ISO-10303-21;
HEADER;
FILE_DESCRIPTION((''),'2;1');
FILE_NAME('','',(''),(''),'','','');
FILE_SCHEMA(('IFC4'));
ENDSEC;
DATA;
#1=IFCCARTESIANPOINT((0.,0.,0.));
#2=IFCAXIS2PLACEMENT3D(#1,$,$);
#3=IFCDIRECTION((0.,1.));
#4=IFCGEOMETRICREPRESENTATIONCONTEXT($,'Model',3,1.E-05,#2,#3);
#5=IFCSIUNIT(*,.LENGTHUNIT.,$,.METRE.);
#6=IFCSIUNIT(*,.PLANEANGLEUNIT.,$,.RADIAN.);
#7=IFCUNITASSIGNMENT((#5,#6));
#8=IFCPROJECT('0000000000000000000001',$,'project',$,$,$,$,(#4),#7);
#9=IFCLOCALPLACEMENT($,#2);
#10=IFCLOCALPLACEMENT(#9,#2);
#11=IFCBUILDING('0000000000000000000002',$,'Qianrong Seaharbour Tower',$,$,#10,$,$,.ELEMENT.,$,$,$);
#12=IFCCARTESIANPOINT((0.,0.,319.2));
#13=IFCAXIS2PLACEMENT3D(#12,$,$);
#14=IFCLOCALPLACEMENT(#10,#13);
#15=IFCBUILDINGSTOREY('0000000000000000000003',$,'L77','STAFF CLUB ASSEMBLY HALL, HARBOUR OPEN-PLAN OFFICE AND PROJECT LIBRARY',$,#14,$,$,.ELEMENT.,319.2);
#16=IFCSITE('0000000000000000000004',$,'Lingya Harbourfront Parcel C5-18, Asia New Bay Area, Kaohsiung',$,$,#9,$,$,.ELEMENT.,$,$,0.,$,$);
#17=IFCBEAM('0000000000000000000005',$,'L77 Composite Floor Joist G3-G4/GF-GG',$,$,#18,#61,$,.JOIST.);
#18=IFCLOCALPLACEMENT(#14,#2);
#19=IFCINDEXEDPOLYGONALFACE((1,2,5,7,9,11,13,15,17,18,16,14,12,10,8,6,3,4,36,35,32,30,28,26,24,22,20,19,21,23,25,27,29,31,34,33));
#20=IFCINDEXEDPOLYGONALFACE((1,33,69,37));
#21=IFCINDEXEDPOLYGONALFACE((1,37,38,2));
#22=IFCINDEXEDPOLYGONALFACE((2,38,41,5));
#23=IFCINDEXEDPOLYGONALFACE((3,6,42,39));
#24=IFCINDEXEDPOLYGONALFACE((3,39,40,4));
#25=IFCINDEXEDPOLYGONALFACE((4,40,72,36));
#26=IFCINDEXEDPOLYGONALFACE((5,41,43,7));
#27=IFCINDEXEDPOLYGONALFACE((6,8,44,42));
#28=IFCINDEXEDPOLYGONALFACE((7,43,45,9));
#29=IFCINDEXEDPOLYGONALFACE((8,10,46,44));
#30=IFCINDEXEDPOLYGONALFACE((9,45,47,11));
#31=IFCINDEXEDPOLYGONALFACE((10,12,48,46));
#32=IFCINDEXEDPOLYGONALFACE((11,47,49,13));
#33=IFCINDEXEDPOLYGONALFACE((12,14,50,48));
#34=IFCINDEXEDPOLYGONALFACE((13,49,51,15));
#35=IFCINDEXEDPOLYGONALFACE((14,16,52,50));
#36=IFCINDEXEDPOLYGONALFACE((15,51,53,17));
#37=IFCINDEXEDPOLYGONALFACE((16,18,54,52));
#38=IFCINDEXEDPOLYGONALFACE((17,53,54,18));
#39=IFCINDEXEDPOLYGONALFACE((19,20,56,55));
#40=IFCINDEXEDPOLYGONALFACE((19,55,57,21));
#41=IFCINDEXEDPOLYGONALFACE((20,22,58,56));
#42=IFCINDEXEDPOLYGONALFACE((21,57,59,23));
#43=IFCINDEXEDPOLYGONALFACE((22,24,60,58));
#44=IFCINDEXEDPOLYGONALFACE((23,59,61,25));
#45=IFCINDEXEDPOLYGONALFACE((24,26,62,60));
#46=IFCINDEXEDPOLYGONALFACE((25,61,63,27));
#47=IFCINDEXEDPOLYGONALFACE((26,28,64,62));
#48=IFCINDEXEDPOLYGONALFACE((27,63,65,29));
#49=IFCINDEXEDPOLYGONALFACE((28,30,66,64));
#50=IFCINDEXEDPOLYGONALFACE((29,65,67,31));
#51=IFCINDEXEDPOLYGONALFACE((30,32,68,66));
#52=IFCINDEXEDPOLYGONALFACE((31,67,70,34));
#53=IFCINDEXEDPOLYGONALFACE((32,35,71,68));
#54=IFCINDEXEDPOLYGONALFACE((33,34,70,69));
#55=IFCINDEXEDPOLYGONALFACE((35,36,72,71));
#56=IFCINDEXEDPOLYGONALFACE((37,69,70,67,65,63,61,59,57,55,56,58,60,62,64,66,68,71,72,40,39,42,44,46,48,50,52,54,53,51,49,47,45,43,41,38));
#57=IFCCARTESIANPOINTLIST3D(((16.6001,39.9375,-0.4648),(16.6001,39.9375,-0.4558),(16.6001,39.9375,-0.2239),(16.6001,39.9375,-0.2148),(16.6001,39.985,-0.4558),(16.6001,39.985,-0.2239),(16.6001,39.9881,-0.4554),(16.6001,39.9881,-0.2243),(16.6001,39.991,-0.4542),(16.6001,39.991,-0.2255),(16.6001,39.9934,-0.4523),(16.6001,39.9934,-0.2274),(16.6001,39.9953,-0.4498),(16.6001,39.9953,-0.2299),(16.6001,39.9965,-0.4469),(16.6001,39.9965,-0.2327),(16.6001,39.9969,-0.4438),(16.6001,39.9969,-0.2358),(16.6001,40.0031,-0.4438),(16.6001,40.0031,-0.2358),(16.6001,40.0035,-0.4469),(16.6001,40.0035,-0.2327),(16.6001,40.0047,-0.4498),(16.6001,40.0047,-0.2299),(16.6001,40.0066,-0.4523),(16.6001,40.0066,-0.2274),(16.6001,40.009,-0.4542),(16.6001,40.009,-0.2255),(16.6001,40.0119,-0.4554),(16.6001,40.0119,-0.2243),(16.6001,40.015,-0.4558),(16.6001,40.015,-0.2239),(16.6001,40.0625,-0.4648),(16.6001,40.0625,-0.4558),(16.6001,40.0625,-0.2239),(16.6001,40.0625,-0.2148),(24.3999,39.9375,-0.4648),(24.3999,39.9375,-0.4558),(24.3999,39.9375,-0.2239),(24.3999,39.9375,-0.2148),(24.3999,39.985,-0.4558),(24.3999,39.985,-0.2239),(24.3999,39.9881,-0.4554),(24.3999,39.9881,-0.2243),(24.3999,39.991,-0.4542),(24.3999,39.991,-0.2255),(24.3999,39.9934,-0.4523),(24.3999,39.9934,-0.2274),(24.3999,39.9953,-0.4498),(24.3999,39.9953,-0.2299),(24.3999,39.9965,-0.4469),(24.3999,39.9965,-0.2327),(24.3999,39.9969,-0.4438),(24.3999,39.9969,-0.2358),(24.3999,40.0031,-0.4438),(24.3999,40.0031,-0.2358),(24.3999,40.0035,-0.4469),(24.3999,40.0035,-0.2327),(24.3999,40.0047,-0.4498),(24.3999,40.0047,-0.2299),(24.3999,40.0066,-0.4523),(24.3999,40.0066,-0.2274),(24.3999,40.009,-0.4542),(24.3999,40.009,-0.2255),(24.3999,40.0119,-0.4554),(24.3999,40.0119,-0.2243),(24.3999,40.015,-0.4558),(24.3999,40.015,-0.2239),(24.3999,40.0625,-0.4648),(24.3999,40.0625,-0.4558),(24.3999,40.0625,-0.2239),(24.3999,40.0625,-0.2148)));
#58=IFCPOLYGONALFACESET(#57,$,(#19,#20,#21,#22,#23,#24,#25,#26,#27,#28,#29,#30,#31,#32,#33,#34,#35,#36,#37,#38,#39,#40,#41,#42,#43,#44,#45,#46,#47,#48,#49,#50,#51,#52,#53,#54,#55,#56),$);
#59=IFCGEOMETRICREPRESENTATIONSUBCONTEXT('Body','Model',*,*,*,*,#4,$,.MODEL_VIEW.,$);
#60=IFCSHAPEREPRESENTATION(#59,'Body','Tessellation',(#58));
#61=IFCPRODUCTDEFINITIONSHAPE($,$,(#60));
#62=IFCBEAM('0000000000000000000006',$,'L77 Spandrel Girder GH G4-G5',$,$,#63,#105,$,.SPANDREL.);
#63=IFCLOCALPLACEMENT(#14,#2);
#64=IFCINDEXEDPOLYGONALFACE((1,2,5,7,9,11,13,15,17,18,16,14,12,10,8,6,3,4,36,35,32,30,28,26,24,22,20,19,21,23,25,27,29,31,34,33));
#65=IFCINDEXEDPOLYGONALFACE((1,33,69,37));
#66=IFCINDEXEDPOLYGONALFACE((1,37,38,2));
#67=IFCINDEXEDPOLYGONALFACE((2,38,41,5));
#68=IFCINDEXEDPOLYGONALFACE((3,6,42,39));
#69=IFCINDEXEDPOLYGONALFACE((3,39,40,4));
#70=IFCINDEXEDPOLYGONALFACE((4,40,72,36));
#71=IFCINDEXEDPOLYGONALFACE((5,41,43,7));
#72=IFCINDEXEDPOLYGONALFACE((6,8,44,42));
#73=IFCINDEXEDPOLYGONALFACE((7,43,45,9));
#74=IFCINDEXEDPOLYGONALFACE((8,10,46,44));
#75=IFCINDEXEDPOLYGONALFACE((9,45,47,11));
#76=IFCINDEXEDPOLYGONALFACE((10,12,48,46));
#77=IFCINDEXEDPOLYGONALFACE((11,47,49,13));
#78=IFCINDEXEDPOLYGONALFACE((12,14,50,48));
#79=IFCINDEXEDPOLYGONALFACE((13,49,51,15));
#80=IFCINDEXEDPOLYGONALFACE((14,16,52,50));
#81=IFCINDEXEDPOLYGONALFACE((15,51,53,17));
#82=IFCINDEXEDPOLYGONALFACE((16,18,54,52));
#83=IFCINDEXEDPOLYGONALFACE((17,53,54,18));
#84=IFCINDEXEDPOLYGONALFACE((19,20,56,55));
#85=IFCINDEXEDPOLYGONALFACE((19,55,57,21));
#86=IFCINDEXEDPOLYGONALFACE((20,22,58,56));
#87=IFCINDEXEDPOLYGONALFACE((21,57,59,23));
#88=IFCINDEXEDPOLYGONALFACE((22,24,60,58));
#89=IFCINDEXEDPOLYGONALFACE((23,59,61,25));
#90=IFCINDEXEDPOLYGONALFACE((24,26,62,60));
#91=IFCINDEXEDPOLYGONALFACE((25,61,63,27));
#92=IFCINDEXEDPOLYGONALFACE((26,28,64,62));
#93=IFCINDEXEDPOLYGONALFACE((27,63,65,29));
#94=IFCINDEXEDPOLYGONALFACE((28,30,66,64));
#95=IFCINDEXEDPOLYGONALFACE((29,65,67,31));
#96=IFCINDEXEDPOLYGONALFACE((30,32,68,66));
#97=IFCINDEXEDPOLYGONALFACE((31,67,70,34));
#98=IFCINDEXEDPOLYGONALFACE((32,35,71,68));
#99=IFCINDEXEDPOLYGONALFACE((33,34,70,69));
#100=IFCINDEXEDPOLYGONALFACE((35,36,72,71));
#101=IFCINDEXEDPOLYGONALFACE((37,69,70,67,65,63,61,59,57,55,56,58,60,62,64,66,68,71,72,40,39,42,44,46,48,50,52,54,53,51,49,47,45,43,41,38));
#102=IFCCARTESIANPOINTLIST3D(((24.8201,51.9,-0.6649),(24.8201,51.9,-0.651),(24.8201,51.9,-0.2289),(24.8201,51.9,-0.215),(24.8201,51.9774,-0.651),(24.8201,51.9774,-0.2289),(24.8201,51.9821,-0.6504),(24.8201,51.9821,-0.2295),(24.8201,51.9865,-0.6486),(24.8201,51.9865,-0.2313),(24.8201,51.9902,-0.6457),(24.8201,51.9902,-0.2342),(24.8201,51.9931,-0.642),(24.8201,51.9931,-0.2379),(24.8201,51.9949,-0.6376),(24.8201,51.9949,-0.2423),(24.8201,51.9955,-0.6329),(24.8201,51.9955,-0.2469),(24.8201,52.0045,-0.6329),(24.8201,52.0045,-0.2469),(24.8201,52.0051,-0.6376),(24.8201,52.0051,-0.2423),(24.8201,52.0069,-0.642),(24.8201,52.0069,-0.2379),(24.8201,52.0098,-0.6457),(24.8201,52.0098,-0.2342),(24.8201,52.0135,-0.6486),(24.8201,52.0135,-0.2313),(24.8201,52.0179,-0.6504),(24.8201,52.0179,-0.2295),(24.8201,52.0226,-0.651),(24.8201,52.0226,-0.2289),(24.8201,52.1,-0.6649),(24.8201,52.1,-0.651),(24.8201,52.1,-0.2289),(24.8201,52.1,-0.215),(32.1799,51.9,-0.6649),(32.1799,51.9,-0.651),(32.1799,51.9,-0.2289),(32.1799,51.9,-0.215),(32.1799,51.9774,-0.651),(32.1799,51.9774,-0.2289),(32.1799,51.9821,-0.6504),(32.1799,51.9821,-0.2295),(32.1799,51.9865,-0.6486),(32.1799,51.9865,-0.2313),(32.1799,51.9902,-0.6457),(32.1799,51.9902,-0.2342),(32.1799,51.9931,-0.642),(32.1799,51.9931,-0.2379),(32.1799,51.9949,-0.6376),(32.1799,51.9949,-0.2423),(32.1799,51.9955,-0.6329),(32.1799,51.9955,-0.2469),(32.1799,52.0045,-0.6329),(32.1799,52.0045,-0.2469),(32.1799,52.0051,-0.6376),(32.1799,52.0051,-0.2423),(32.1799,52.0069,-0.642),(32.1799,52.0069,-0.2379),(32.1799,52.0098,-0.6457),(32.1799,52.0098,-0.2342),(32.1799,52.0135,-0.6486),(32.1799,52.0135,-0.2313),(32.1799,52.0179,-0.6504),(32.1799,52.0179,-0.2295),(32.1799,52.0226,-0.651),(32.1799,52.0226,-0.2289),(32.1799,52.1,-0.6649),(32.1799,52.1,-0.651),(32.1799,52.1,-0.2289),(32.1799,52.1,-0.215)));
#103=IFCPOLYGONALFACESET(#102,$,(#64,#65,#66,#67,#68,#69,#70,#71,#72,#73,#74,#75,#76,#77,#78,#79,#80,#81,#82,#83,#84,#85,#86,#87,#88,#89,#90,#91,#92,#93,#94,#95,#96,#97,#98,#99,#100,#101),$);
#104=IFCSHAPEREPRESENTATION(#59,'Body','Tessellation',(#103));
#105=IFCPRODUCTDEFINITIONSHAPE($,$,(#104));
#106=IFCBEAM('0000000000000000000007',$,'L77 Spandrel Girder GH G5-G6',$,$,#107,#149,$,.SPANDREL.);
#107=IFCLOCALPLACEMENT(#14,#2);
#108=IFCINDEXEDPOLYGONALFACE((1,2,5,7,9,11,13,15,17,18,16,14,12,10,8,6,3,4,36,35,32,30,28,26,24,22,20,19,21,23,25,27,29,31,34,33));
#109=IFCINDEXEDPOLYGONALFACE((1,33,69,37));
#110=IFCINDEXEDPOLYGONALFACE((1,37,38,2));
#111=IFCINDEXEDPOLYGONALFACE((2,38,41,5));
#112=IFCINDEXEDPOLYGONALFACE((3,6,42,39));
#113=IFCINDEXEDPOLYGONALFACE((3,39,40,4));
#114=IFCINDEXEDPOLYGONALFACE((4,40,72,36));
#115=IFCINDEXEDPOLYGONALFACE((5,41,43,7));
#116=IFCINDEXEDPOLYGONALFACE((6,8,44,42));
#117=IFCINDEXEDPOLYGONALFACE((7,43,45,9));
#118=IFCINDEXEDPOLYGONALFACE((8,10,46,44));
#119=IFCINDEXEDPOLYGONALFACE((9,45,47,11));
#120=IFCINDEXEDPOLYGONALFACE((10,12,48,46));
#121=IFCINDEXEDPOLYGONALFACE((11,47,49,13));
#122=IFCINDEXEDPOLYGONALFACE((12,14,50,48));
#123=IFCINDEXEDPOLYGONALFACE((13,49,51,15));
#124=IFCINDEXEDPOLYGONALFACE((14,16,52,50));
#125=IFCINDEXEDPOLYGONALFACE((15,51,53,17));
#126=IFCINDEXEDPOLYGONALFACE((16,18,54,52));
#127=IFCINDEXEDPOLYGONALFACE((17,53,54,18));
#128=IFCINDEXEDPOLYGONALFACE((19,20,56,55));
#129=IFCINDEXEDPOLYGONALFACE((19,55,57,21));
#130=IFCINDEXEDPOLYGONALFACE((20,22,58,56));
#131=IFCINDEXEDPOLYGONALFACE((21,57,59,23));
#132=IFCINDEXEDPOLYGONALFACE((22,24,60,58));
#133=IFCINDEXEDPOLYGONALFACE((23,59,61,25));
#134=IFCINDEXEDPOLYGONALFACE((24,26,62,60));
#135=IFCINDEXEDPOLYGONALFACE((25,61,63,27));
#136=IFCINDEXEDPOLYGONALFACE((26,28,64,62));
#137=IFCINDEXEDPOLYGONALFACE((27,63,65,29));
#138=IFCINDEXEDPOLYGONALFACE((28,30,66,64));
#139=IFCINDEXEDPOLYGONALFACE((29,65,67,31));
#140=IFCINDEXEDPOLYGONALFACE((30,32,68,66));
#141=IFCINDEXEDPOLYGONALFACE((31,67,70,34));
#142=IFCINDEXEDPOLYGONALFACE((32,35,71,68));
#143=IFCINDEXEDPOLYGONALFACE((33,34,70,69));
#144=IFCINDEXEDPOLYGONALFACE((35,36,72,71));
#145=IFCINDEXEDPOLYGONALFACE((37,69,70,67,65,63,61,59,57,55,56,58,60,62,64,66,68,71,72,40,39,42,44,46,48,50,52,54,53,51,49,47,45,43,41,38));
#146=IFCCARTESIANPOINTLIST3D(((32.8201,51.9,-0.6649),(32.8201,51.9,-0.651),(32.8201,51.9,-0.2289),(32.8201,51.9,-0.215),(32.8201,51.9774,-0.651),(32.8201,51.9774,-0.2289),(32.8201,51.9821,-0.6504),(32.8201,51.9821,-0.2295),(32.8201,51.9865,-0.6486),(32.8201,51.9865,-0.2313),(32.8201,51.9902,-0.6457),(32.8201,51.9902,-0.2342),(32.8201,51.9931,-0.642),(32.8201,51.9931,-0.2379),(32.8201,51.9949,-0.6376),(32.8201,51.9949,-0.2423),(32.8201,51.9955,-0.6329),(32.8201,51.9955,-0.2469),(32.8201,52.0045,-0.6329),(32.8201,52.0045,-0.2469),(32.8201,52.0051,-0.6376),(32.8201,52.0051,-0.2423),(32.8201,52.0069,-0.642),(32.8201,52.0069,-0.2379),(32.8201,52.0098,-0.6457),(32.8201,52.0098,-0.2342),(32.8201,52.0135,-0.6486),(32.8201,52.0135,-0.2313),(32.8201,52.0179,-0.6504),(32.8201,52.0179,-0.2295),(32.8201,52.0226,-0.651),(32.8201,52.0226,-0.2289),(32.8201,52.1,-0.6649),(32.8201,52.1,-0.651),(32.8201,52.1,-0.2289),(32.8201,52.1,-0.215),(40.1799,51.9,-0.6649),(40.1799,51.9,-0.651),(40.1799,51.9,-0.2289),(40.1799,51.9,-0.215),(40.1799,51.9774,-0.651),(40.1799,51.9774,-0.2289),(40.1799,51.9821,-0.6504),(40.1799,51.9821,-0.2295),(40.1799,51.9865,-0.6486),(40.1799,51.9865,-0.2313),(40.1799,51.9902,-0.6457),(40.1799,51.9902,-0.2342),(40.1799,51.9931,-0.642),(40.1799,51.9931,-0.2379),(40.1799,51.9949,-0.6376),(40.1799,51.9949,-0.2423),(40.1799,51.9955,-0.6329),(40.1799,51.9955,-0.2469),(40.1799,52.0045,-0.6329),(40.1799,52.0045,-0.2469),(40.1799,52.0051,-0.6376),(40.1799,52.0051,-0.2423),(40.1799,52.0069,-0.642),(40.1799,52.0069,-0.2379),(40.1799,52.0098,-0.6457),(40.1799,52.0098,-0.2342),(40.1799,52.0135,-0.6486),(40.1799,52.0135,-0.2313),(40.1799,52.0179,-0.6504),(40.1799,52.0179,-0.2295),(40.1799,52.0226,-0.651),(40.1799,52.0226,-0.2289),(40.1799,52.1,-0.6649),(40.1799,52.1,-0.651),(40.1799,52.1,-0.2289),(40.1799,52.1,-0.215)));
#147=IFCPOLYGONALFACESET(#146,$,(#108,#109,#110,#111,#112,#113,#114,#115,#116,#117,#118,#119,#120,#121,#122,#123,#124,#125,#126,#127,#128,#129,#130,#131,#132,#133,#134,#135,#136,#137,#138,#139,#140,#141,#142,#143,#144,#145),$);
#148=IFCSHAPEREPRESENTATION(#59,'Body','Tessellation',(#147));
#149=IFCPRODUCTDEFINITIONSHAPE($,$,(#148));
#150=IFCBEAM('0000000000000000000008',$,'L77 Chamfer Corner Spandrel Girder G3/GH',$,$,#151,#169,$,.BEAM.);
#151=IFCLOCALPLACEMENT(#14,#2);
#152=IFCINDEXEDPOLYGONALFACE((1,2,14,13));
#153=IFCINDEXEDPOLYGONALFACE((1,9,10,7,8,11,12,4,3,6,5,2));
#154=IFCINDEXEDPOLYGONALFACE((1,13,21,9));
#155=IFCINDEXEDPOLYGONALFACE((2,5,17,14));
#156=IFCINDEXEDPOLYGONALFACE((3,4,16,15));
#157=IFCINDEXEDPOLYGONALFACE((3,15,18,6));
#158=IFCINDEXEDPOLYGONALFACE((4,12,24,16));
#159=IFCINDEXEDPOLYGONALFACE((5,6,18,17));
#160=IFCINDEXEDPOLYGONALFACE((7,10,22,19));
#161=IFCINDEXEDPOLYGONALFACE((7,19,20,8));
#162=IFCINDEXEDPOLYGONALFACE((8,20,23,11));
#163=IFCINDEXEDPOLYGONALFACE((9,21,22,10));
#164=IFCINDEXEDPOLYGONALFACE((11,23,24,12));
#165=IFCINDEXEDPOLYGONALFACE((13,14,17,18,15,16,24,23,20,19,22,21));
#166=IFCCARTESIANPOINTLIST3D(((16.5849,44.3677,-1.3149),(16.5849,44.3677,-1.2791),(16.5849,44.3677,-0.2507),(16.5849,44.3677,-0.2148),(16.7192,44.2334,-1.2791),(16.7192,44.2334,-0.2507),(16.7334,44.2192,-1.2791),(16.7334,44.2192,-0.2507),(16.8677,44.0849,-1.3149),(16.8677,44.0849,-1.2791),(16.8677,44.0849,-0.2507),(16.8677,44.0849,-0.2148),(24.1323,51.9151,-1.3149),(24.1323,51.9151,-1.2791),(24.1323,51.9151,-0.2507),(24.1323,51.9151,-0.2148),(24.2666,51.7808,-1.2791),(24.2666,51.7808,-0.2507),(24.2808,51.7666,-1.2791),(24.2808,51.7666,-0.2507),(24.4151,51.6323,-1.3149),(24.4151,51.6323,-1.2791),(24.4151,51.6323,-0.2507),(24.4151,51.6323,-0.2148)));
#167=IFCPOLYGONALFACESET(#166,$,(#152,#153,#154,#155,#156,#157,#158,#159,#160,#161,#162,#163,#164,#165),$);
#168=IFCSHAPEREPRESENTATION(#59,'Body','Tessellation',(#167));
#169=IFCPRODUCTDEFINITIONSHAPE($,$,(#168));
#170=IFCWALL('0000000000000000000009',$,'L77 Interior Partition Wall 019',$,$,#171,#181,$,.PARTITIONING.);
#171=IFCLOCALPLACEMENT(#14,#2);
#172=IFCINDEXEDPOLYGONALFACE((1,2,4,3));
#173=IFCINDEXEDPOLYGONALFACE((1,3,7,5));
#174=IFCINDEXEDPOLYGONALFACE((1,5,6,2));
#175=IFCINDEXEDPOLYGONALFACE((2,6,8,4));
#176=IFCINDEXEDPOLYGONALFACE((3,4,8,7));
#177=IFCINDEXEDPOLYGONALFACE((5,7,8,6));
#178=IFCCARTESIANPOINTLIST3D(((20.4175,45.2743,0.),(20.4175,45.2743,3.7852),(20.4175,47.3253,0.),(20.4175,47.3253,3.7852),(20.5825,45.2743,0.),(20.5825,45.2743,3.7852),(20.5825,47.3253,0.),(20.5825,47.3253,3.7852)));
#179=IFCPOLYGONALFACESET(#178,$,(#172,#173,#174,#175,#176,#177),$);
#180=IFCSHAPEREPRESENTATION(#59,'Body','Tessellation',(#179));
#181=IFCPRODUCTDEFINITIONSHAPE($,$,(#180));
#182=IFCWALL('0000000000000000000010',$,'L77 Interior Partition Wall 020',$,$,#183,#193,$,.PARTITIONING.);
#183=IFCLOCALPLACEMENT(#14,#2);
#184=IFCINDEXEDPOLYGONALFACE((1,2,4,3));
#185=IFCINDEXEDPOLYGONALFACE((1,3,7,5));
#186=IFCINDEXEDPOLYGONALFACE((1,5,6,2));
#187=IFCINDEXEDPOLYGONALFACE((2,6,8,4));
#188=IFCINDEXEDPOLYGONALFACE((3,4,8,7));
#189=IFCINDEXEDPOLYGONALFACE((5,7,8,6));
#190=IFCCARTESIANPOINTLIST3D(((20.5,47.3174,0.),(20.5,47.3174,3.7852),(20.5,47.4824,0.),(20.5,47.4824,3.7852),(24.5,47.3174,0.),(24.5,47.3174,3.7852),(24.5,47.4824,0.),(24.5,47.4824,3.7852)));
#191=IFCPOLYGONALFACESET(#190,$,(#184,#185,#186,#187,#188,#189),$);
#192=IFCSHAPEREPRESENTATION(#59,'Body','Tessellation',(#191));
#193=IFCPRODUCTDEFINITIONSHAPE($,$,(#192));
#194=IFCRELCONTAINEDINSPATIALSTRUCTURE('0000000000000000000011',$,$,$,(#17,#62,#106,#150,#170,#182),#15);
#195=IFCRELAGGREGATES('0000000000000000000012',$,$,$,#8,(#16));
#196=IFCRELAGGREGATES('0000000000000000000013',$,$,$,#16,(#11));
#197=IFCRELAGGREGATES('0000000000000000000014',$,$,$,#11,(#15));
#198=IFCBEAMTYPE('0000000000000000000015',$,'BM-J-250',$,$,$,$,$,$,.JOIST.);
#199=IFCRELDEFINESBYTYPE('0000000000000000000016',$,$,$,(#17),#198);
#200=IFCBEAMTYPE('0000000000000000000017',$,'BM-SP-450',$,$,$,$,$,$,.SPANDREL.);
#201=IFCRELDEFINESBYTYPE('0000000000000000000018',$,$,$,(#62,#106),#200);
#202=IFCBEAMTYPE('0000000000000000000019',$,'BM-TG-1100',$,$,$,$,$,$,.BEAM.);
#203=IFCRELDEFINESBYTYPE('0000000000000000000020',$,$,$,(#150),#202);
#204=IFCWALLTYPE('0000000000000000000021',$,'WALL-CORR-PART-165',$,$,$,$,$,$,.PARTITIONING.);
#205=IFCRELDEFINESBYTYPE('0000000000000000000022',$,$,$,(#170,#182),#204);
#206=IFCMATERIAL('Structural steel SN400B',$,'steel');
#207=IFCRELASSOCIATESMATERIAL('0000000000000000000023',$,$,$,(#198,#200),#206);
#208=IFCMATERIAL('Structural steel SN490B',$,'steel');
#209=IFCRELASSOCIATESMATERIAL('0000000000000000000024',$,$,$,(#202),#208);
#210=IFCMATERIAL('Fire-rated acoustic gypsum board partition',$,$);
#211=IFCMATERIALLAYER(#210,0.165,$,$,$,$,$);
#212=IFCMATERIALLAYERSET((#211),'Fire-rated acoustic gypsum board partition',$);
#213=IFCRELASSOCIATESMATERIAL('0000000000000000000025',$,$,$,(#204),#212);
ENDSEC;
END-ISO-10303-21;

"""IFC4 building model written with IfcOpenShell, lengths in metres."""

from ifc_helpers import new_model, si_unit, direction, frame, frame_2d, origin, origin_2d, place, context, subcontext, project, spatial, rectangle, i_section, extrude, material, layer, layer_set, material_profile, profile_set, type_object, element, save


model = new_model("IFC4")

# Units and contexts
model_context = context("Model", 3, precision=1e-05, world=origin(), true_north=direction((0.0, 1.0)))
body_context = subcontext(model_context, "Body", "Model", "MODEL_VIEW")
ifc_project = project(units=[si_unit("LENGTHUNIT", "METRE"), si_unit("PLANEANGLEUNIT", "RADIAN")], contexts=[model_context])

# Site, building, storey
site_placement = place(None, origin())
site = spatial("IfcSite", under=ifc_project, at=site_placement, Name="Lingya Harbourfront Parcel C5-18, Asia New Bay Area, Kaohsiung", CompositionType="ELEMENT", RefElevation=0.0)
building_placement = place(site_placement, origin())
building = spatial("IfcBuilding", under=site, at=building_placement, Name="Qianrong Seaharbour Tower", CompositionType="ELEMENT")
storey_placement = place(building_placement, frame((0.0, 0.0, 319.2)))
storey = spatial("IfcBuildingStorey", under=building, at=storey_placement, Name="L77", Description="STAFF CLUB ASSEMBLY HALL, HARBOUR OPEN-PLAN OFFICE AND PROJECT LIBRARY", CompositionType="ELEMENT", Elevation=319.2)

# Shared definitions
ifc_material_1 = material(Name="Structural steel SN490B", Category="steel")
ifc_material_2 = material(Name="Structural steel SN400B", Category="steel")

# Beams
ifc_material_profile_1 = material_profile(ifc_material_2, i_section(OverallWidth=0.125, OverallDepth=0.25, WebThickness=0.0061, FlangeThickness=0.009, FilletRadius=0.012, at=origin_2d()), Name="H250x125x6x9")
ifc_profile_set_1 = profile_set([ifc_material_profile_1], Name="Structural steel SN400B")
beam_type_1 = type_object("IfcBeamType", Name="BM-J-250", PredefinedType="JOIST", material=ifc_profile_set_1)
beam_1_placement = place(storey_placement, frame((16.6001, 40.0, -0.3398), z_axis=(1.0, 0.0, 0.0), x_axis=(0.0, 1.0, 0.0)))
element("IfcBeam", 1, at=beam_1_placement, inside=storey, type_object=beam_type_1, Name="L77 Composite Floor Joist G3-G4/GF-GG", PredefinedType="JOIST", context=body_context, shape_type="SweptSolid", body=[
    extrude(i_section(OverallWidth=0.125, OverallDepth=0.25, WebThickness=0.0061, FlangeThickness=0.009, FilletRadius=0.012, at=origin_2d()), origin(), (0.0, 0.0, 1.0), 7.7998),
])
ifc_material_profile_2 = material_profile(ifc_material_2, i_section(OverallWidth=0.2, OverallDepth=0.45, WebThickness=0.009, FlangeThickness=0.0139, FilletRadius=0.0181, at=origin_2d()), Name="H450x200x9x14")
ifc_profile_set_2 = profile_set([ifc_material_profile_2], Name="Structural steel SN400B")
beam_type_2 = type_object("IfcBeamType", Name="BM-SP-450", PredefinedType="SPANDREL", material=ifc_profile_set_2)
for number, where, z_axis, x_axis, name in (
    (2, (24.8201, 52.0, -0.4399), (1.0, 0.0, 0.0), (0.0, 1.0, 0.0), "L77 Spandrel Girder GH G4-G5"),
    (3, (32.8201, 52.0, -0.4399), (1.0, 0.0, 0.0), (0.0, 1.0, 0.0), "L77 Spandrel Girder GH G5-G6"),
):
    element("IfcBeam", number, at=place(storey_placement, frame(where, z_axis=z_axis, x_axis=x_axis)), inside=storey, type_object=beam_type_2, Name=name, PredefinedType="SPANDREL", context=body_context, shape_type="SweptSolid", body=[
        extrude(i_section(OverallWidth=0.2, OverallDepth=0.45, WebThickness=0.009, FlangeThickness=0.0139, FilletRadius=0.0181, at=origin_2d()), origin(), (0.0, 0.0, 1.0), 7.3599),
    ])
ifc_material_profile_3 = material_profile(ifc_material_1, i_section(OverallWidth=0.3999, OverallDepth=1.1001, WebThickness=0.02, FlangeThickness=0.0359, at=origin_2d()), Name="BH1100x400x20x36")
ifc_profile_set_3 = profile_set([ifc_material_profile_3], Name="Structural steel SN490B")
beam_type_3 = type_object("IfcBeamType", Name="BM-TG-1100", PredefinedType="BEAM", material=ifc_profile_set_3)
beam_2_placement = place(storey_placement, frame((24.2737, 51.7737, -0.7649), z_axis=(-0.707107, -0.707107, 0.0), x_axis=(0.707107, -0.707107, 0.0)))
element("IfcBeam", 4, at=beam_2_placement, inside=storey, type_object=beam_type_3, Name="L77 Chamfer Corner Spandrel Girder G3/GH", PredefinedType="BEAM", context=body_context, shape_type="SweptSolid", body=[
    extrude(i_section(OverallWidth=0.3999, OverallDepth=1.1001, WebThickness=0.02, FlangeThickness=0.0359, at=origin_2d()), origin(), (0.0, 0.0, 1.0), 10.6736),
])

# Shared definitions
ifc_material_3 = material(Name="Fire-rated acoustic gypsum board partition")
ifc_layer_1 = layer(ifc_material_3, 0.165)
ifc_layer_set_1 = layer_set([ifc_layer_1], Name="Fire-rated acoustic gypsum board partition")
wall_type_1 = type_object("IfcWallType", Name="WALL-CORR-PART-165", PredefinedType="PARTITIONING", material=ifc_layer_set_1)

# Walls
wall_1_placement = place(storey_placement, frame((20.5, 45.2744, 0.0), z_axis=(0.0, 0.0, 1.0), x_axis=(0.0, 1.0, 0.0)))
element("IfcWall", 5, at=wall_1_placement, inside=storey, type_object=wall_type_1, Name="L77 Interior Partition Wall 019", PredefinedType="PARTITIONING", context=body_context, shape_type="SweptSolid", body=[
    extrude(rectangle(XDim=2.051, YDim=0.165, at=frame_2d((1.0254, 0.0))), origin(), (0.0, 0.0, 1.0), 3.7852),
])
wall_2_placement = place(storey_placement, frame((20.5, 47.3999, 0.0), z_axis=(0.0, 0.0, 1.0), x_axis=(1.0, 0.0, 0.0)))
element("IfcWall", 6, at=wall_2_placement, inside=storey, type_object=wall_type_1, Name="L77 Interior Partition Wall 020", PredefinedType="PARTITIONING", context=body_context, shape_type="SweptSolid", body=[
    extrude(rectangle(XDim=4.0, YDim=0.165, at=frame_2d((2.0, 0.0))), origin(), (0.0, 0.0, 1.0), 3.7852),
])

save(model, "model.ifc")
